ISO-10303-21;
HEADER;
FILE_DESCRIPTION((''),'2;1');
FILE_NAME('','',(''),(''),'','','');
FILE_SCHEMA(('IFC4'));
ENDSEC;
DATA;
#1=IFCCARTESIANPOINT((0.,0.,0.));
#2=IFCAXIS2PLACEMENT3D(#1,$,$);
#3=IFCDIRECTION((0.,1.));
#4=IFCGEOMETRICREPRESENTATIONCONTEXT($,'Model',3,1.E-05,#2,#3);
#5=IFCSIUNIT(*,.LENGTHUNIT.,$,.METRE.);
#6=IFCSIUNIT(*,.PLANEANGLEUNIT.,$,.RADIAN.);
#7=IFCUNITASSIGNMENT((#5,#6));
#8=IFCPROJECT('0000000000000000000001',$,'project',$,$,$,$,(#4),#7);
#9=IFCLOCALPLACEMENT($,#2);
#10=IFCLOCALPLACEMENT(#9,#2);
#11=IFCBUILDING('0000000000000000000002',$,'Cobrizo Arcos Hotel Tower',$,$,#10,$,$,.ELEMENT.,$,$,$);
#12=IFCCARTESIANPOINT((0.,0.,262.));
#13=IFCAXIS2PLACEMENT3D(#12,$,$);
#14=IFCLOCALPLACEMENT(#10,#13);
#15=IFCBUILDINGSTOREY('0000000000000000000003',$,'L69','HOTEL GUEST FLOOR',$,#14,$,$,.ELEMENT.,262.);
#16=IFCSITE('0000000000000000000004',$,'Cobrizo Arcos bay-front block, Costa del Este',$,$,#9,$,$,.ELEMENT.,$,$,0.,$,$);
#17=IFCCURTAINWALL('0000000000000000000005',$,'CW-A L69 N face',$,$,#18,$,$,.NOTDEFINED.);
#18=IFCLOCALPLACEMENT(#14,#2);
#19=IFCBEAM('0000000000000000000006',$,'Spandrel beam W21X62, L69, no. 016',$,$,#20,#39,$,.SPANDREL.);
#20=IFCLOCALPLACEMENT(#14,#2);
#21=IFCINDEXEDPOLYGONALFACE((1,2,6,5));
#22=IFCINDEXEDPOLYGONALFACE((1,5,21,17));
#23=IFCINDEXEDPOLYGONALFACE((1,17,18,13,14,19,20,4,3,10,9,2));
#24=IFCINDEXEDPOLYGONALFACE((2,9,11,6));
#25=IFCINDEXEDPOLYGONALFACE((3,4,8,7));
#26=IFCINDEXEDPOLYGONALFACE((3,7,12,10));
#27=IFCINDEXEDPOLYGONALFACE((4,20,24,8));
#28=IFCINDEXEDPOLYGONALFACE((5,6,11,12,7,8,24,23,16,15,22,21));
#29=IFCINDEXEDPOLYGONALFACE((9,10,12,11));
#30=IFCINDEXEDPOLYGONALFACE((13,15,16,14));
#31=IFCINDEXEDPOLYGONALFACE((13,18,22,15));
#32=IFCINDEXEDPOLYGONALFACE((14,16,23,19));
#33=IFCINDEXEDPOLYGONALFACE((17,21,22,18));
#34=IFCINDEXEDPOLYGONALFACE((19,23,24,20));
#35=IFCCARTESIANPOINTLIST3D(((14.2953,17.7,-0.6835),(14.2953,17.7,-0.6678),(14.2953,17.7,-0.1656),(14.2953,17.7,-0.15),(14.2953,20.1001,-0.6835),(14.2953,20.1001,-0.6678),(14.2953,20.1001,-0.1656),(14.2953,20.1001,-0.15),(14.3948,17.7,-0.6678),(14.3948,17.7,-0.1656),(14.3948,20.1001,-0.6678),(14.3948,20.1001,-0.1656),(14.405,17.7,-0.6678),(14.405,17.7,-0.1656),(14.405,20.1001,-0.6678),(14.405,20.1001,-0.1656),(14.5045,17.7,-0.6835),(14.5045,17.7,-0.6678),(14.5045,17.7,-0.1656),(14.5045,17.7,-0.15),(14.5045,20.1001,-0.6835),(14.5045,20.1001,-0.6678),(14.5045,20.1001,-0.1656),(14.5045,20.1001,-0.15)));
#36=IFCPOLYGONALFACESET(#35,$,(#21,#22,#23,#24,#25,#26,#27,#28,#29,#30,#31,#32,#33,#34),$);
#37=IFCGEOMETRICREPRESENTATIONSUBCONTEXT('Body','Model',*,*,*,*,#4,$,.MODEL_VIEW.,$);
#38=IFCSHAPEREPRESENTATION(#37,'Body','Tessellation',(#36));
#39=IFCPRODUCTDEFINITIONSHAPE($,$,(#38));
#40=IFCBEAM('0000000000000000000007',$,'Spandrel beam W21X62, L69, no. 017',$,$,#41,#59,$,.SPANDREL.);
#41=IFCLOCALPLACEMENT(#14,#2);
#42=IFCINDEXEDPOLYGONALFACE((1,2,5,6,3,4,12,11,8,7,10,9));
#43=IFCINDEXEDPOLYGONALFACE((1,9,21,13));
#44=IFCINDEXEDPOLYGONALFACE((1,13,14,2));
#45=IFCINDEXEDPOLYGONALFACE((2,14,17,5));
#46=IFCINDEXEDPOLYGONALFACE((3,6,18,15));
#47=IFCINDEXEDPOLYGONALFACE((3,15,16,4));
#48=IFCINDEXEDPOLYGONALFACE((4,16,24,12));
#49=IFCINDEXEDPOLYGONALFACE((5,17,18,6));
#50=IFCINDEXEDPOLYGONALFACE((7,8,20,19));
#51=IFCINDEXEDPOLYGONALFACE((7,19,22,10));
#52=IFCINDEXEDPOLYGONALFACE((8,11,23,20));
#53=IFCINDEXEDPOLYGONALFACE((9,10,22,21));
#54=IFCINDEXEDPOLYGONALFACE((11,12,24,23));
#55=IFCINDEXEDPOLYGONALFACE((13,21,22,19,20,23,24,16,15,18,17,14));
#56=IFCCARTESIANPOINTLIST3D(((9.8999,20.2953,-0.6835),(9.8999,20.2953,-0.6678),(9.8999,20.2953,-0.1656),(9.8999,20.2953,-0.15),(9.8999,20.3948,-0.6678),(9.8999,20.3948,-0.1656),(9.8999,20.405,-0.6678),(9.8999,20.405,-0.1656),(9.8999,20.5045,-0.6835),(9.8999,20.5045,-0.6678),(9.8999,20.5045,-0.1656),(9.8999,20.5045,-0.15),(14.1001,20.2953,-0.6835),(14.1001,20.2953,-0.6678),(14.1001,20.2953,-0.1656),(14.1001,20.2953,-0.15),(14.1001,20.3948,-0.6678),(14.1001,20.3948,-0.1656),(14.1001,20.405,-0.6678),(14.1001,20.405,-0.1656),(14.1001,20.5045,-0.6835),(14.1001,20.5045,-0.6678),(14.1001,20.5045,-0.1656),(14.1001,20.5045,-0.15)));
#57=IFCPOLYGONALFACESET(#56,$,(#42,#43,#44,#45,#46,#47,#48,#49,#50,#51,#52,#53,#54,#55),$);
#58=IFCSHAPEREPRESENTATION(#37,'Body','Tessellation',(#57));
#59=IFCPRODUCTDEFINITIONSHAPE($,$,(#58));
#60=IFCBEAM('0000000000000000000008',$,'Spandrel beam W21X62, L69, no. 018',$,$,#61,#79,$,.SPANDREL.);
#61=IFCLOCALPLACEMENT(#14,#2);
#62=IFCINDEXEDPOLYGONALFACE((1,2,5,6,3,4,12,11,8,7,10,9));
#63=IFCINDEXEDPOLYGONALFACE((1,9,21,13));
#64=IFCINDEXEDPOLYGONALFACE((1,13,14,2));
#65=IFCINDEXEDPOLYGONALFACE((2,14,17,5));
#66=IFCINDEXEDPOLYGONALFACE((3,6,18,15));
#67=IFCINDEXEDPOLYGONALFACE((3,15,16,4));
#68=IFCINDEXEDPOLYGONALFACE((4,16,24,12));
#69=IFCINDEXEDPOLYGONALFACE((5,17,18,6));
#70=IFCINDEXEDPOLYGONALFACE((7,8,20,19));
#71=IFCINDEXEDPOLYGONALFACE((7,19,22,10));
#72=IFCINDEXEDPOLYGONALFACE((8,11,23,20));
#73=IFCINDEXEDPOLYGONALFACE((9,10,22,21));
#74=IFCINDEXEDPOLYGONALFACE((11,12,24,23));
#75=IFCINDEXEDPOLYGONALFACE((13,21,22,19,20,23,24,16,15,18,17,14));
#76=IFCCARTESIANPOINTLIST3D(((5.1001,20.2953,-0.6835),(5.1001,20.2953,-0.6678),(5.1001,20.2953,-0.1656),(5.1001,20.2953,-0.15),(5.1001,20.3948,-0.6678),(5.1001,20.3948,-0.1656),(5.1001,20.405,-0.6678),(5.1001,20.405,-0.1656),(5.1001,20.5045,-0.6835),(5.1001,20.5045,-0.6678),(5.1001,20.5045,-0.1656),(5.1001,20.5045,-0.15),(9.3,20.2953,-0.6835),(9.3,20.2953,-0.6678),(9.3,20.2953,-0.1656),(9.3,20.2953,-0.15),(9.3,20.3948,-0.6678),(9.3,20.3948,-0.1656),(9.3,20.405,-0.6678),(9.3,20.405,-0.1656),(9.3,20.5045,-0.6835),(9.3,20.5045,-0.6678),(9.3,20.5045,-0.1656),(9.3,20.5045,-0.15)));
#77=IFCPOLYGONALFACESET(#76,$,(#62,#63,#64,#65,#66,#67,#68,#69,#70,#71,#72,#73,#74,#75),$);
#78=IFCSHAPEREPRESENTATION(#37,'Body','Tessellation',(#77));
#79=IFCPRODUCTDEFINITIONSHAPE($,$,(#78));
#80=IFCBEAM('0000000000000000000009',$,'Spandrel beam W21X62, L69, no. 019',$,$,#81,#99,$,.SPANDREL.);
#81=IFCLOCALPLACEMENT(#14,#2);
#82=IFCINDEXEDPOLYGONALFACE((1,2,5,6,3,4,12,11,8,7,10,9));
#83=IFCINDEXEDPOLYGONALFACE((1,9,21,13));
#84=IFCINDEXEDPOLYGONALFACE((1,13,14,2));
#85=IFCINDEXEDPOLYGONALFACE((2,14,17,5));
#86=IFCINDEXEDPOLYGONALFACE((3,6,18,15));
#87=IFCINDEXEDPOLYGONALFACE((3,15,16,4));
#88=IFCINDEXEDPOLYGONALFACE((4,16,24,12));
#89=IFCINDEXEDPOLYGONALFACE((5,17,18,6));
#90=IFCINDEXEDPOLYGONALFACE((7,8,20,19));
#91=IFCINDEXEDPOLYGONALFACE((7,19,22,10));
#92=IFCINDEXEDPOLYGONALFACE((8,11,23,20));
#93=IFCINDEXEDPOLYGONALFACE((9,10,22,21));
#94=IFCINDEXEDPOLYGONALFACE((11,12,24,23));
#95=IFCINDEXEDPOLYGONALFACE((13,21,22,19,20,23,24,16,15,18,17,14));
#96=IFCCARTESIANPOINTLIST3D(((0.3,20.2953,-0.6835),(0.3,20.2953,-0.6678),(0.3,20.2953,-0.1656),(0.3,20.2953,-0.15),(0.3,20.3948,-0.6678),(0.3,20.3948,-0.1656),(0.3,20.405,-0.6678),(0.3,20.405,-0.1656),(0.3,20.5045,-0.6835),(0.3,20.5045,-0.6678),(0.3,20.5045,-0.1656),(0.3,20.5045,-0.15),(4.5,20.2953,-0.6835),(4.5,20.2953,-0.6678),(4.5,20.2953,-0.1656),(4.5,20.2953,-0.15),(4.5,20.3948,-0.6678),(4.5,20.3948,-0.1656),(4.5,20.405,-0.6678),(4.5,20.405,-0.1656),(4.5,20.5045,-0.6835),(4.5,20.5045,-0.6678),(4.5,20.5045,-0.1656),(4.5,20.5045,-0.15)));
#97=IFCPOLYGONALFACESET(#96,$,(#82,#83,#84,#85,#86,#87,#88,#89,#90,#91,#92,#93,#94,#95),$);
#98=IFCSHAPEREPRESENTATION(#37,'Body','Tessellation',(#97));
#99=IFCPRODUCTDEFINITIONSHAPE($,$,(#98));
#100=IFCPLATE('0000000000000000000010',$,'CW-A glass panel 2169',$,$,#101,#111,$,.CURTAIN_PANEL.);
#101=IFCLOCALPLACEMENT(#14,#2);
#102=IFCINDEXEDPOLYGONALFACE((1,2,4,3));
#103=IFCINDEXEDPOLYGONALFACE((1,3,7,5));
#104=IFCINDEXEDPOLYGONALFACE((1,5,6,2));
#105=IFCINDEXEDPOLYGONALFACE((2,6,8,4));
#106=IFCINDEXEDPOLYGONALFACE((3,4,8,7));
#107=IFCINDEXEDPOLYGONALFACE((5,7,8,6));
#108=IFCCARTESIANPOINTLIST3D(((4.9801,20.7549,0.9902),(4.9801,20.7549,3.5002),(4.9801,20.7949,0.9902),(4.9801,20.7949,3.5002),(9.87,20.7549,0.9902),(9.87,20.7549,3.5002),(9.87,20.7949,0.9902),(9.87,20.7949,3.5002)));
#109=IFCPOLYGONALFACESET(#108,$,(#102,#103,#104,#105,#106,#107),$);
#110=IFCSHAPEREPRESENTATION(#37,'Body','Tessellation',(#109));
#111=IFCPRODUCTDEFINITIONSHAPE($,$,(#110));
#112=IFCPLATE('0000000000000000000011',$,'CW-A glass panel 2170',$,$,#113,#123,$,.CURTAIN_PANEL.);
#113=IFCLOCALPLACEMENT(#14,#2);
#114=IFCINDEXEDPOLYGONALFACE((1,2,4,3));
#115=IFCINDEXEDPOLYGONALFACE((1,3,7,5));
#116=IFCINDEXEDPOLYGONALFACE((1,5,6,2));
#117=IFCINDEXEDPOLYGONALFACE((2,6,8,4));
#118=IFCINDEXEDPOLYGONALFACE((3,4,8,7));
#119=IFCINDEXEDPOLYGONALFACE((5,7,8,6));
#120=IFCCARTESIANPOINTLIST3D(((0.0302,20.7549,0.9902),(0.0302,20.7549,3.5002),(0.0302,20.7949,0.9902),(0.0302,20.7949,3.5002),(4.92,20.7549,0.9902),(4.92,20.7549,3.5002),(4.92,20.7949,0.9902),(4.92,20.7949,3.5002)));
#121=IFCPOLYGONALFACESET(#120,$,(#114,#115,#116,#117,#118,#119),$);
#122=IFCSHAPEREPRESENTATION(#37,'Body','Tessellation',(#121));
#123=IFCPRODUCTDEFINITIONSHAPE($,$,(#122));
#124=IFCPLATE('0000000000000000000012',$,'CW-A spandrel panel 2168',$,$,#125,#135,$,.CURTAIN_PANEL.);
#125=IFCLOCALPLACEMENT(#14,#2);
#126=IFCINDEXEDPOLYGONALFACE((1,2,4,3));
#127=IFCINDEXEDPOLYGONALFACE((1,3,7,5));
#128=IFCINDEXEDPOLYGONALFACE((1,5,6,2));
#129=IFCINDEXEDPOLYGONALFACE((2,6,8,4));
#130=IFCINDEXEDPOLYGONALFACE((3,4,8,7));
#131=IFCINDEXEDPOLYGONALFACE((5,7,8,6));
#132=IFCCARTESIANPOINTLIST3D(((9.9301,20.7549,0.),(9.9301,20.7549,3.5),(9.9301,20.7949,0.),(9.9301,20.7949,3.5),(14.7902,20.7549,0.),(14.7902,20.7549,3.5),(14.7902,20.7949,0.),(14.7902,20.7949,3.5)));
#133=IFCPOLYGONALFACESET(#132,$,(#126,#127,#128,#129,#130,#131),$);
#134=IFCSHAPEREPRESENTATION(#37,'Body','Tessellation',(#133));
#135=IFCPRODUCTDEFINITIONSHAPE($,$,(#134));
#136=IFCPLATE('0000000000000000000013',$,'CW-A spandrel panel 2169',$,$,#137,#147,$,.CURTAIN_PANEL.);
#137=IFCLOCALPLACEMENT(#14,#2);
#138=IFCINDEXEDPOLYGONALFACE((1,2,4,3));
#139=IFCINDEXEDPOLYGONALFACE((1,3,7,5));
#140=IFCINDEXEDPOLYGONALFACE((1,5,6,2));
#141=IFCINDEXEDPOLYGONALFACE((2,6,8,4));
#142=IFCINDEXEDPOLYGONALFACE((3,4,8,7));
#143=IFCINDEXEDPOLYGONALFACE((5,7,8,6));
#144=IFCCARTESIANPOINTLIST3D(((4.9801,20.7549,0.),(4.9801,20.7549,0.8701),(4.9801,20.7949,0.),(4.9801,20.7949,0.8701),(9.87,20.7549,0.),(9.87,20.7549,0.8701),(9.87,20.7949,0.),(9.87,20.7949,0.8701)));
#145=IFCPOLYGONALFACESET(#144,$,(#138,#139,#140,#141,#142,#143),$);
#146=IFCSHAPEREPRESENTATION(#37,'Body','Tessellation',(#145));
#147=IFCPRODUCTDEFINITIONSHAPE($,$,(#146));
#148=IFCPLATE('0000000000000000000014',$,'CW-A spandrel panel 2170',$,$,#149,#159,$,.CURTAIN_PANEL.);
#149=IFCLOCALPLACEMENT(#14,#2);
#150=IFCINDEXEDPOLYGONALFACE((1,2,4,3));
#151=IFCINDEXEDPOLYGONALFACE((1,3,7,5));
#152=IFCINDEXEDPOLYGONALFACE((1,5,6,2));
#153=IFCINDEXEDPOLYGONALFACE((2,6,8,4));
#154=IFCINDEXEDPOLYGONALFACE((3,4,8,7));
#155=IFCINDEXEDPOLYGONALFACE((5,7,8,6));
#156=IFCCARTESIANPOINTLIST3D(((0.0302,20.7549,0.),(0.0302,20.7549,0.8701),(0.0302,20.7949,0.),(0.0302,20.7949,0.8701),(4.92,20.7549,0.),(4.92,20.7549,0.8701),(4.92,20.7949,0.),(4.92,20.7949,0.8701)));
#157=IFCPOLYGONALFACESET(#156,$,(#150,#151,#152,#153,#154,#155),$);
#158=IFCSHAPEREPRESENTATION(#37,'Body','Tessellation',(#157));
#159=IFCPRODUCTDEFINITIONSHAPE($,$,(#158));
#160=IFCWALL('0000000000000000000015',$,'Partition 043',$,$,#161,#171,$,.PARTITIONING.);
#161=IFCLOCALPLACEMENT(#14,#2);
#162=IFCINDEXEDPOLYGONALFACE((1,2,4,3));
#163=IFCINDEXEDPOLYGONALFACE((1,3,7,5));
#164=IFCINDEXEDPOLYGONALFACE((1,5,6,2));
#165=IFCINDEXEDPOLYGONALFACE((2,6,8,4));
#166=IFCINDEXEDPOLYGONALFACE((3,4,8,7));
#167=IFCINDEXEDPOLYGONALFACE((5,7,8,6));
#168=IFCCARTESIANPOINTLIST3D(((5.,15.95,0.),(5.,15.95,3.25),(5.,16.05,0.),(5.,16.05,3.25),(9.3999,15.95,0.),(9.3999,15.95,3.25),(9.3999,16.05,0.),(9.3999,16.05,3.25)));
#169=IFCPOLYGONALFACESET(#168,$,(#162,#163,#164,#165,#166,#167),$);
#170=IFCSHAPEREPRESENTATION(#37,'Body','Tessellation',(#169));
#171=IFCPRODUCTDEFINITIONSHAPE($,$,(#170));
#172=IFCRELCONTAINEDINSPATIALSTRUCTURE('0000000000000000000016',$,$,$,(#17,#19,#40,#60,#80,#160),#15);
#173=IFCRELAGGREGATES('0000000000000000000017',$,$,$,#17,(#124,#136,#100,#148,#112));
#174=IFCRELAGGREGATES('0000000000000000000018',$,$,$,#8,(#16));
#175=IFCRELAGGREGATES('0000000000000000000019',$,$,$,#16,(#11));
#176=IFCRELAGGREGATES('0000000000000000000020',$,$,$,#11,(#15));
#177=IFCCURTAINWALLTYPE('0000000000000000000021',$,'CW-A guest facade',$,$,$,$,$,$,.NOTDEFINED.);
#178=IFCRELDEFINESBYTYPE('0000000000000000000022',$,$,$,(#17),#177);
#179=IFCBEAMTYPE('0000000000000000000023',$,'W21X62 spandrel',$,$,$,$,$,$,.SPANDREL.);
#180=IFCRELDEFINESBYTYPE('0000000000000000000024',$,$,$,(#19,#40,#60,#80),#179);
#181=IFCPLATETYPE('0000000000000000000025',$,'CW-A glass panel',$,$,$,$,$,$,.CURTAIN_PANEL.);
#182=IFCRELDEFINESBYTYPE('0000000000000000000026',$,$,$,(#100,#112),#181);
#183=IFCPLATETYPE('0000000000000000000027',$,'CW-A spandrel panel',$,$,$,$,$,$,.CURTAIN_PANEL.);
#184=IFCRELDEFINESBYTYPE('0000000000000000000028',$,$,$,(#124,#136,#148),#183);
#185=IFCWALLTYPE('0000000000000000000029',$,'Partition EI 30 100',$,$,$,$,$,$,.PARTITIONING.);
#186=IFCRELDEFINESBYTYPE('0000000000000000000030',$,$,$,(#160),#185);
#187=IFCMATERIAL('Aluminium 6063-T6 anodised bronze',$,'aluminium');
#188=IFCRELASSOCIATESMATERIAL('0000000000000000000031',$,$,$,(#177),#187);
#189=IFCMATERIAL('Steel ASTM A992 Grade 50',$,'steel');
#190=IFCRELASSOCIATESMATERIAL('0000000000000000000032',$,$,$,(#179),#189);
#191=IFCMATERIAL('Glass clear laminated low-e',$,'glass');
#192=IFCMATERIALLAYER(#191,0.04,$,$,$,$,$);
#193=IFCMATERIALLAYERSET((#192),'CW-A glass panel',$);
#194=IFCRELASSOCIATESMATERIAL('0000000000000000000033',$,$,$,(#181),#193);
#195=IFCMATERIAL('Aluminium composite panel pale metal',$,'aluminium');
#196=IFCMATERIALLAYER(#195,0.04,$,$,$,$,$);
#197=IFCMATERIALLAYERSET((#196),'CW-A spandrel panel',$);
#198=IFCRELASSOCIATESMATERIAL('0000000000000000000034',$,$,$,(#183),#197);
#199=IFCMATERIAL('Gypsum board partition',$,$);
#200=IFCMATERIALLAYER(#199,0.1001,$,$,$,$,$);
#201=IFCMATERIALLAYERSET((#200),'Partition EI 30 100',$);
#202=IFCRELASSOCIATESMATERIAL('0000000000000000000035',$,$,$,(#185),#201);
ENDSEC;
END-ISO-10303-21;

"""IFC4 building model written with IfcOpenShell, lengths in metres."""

from ifc_helpers import new_model, si_unit, direction, frame, frame_2d, origin, origin_2d, place, context, subcontext, project, spatial, rectangle, i_section, extrude, material, layer, layer_set, material_profile, profile_set, type_object, element, aggregate, save


model = new_model("IFC4")

# Units and contexts
model_context = context("Model", 3, precision=1e-05, world=origin(), true_north=direction((0.0, 1.0)))
body_context = subcontext(model_context, "Body", "Model", "MODEL_VIEW")
ifc_project = project(units=[si_unit("LENGTHUNIT", "METRE"), si_unit("PLANEANGLEUNIT", "RADIAN")], contexts=[model_context])

# Site, building, storey
site_placement = place(None, origin())
site = spatial("IfcSite", under=ifc_project, at=site_placement, Name="Cobrizo Arcos bay-front block, Costa del Este", CompositionType="ELEMENT", RefElevation=0.0)
building_placement = place(site_placement, origin())
building = spatial("IfcBuilding", under=site, at=building_placement, Name="Cobrizo Arcos Hotel Tower", CompositionType="ELEMENT")
storey_placement = place(building_placement, frame((0.0, 0.0, 262.0)))
storey = spatial("IfcBuildingStorey", under=building, at=storey_placement, Name="L69", Description="HOTEL GUEST FLOOR", CompositionType="ELEMENT", Elevation=262.0)

# Shared definitions
ifc_material_1 = material(Name="Aluminium 6063-T6 anodised bronze", Category="aluminium")
curtain_wall_type = type_object("IfcCurtainWallType", Name="CW-A guest facade", PredefinedType="NOTDEFINED", material=ifc_material_1)

# Curtain wall
curtain_wall_1_placement = place(storey_placement, origin())
curtain_wall_1 = element("IfcCurtainWall", 1, at=curtain_wall_1_placement, inside=storey, type_object=curtain_wall_type, Name="CW-A L69 N face", PredefinedType="NOTDEFINED")

# Beams
ifc_material_2 = material(Name="Steel ASTM A992 Grade 50", Category="steel")
ifc_material_profile_1 = material_profile(ifc_material_2, i_section(OverallWidth=0.2092, OverallDepth=0.5334, WebThickness=0.0103, FlangeThickness=0.0156, at=origin_2d()), Name="W21X62")
ifc_profile_set_1 = profile_set([ifc_material_profile_1], Name="Steel ASTM A992 Grade 50")
beam_type_1 = type_object("IfcBeamType", Name="W21X62 spandrel", PredefinedType="SPANDREL", material=ifc_profile_set_1)
for number, where, z_axis, x_axis, name in (
    (2, (14.3999, 17.7, -0.4167), (0.0, 1.0, 0.0), (-1.0, 0.0, 0.0), "Spandrel beam W21X62, L69, no. 016"),
):
    element("IfcBeam", number, at=place(storey_placement, frame(where, z_axis=z_axis, x_axis=x_axis)), inside=storey, type_object=beam_type_1, Name=name, PredefinedType="SPANDREL", context=body_context, shape_type="SweptSolid", body=[
        extrude(i_section(OverallWidth=0.2092, OverallDepth=0.5334, WebThickness=0.0103, FlangeThickness=0.0156, at=origin_2d()), origin(), (0.0, 0.0, 1.0), 2.4001),
    ])
beam_1_placement = place(storey_placement, frame((14.1001, 20.3999, -0.4167), z_axis=(-1.0, 0.0, 0.0), x_axis=(0.0, -1.0, 0.0)))
element("IfcBeam", 3, at=beam_1_placement, inside=storey, type_object=beam_type_1, Name="Spandrel beam W21X62, L69, no. 017", PredefinedType="SPANDREL", context=body_context, shape_type="SweptSolid", body=[
    extrude(i_section(OverallWidth=0.2092, OverallDepth=0.5334, WebThickness=0.0103, FlangeThickness=0.0156, at=origin_2d()), origin(), (0.0, 0.0, 1.0), 4.2002),
])
for number, where, z_axis, x_axis, name in (
    (4, (9.3, 20.3999, -0.4167), (-1.0, 0.0, 0.0), (0.0, -1.0, 0.0), "Spandrel beam W21X62, L69, no. 018"),
    (5, (4.5, 20.3999, -0.4167), (-1.0, 0.0, 0.0), (0.0, -1.0, 0.0), "Spandrel beam W21X62, L69, no. 019"),
):
    element("IfcBeam", number, at=place(storey_placement, frame(where, z_axis=z_axis, x_axis=x_axis)), inside=storey, type_object=beam_type_1, Name=name, PredefinedType="SPANDREL", context=body_context, shape_type="SweptSolid", body=[
        extrude(i_section(OverallWidth=0.2092, OverallDepth=0.5334, WebThickness=0.0103, FlangeThickness=0.0156, at=origin_2d()), origin(), (0.0, 0.0, 1.0), 4.2),
    ])

# Plates
ifc_material_3 = material(Name="Glass clear laminated low-e", Category="glass")
ifc_layer_1 = layer(ifc_material_3, 0.04)
ifc_layer_set_1 = layer_set([ifc_layer_1], Name="CW-A glass panel")
plate_type_1 = type_object("IfcPlateType", Name="CW-A glass panel", PredefinedType="CURTAIN_PANEL", material=ifc_layer_set_1)
plate_1_placement = place(storey_placement, frame((7.425, 20.7749, 0.9902), z_axis=(0.0, 0.0, 1.0), x_axis=(-1.0, 0.0, 0.0)))
plate_1 = element("IfcPlate", 6, at=plate_1_placement, type_object=plate_type_1, Name="CW-A glass panel 2169", PredefinedType="CURTAIN_PANEL", context=body_context, shape_type="SweptSolid", body=[
    extrude(rectangle(XDim=4.8899, YDim=0.04, at=origin_2d()), origin(), (0.0, 0.0, 1.0), 2.51),
])
plate_2_placement = place(storey_placement, frame((2.4751, 20.7749, 0.9902), z_axis=(0.0, 0.0, 1.0), x_axis=(-1.0, 0.0, 0.0)))
plate_2 = element("IfcPlate", 7, at=plate_2_placement, type_object=plate_type_1, Name="CW-A glass panel 2170", PredefinedType="CURTAIN_PANEL", context=body_context, shape_type="SweptSolid", body=[
    extrude(rectangle(XDim=4.8899, YDim=0.04, at=origin_2d()), origin(), (0.0, 0.0, 1.0), 2.51),
])
ifc_material_4 = material(Name="Aluminium composite panel pale metal", Category="aluminium")
ifc_layer_2 = layer(ifc_material_4, 0.04)
ifc_layer_set_2 = layer_set([ifc_layer_2], Name="CW-A spandrel panel")
plate_type_2 = type_object("IfcPlateType", Name="CW-A spandrel panel", PredefinedType="CURTAIN_PANEL", material=ifc_layer_set_2)
plate_3_placement = place(storey_placement, frame((12.3601, 20.7749, 0.0), z_axis=(0.0, 0.0, 1.0), x_axis=(-1.0, 0.0, 0.0)))
plate_3 = element("IfcPlate", 8, at=plate_3_placement, type_object=plate_type_2, Name="CW-A spandrel panel 2168", PredefinedType="CURTAIN_PANEL", context=body_context, shape_type="SweptSolid", body=[
    extrude(rectangle(XDim=4.8601, YDim=0.04, at=origin_2d()), origin(), (0.0, 0.0, 1.0), 3.5),
])
plate_4_placement = place(storey_placement, frame((7.425, 20.7749, 0.0), z_axis=(0.0, 0.0, 1.0), x_axis=(-1.0, 0.0, 0.0)))
plate_4 = element("IfcPlate", 9, at=plate_4_placement, type_object=plate_type_2, Name="CW-A spandrel panel 2169", PredefinedType="CURTAIN_PANEL", context=body_context, shape_type="SweptSolid", body=[
    extrude(rectangle(XDim=4.8899, YDim=0.04, at=origin_2d()), origin(), (0.0, 0.0, 1.0), 0.8701),
])
plate_5_placement = place(storey_placement, frame((2.4751, 20.7749, 0.0), z_axis=(0.0, 0.0, 1.0), x_axis=(-1.0, 0.0, 0.0)))
plate_5 = element("IfcPlate", 10, at=plate_5_placement, type_object=plate_type_2, Name="CW-A spandrel panel 2170", PredefinedType="CURTAIN_PANEL", context=body_context, shape_type="SweptSolid", body=[
    extrude(rectangle(XDim=4.8899, YDim=0.04, at=origin_2d()), origin(), (0.0, 0.0, 1.0), 0.8701),
])
aggregate(curtain_wall_1, [plate_3, plate_4, plate_1, plate_5, plate_2])

# Wall
ifc_material_5 = material(Name="Gypsum board partition")
ifc_layer_3 = layer(ifc_material_5, 0.1001)
ifc_layer_set_3 = layer_set([ifc_layer_3], Name="Partition EI 30 100")
wall_type = type_object("IfcWallType", Name="Partition EI 30 100", PredefinedType="PARTITIONING", material=ifc_layer_set_3)
wall_1_placement = place(storey_placement, frame((5.0, 16.0, 0.0), z_axis=(0.0, 0.0, 1.0), x_axis=(1.0, 0.0, 0.0)))
element("IfcWall", 11, at=wall_1_placement, inside=storey, type_object=wall_type, Name="Partition 043", PredefinedType="PARTITIONING", context=body_context, shape_type="SweptSolid", body=[
    extrude(rectangle(XDim=4.3999, YDim=0.1001, at=frame_2d((2.2, 0.0))), origin(), (0.0, 0.0, 1.0), 3.25),
])

save(model, "model.ifc")
